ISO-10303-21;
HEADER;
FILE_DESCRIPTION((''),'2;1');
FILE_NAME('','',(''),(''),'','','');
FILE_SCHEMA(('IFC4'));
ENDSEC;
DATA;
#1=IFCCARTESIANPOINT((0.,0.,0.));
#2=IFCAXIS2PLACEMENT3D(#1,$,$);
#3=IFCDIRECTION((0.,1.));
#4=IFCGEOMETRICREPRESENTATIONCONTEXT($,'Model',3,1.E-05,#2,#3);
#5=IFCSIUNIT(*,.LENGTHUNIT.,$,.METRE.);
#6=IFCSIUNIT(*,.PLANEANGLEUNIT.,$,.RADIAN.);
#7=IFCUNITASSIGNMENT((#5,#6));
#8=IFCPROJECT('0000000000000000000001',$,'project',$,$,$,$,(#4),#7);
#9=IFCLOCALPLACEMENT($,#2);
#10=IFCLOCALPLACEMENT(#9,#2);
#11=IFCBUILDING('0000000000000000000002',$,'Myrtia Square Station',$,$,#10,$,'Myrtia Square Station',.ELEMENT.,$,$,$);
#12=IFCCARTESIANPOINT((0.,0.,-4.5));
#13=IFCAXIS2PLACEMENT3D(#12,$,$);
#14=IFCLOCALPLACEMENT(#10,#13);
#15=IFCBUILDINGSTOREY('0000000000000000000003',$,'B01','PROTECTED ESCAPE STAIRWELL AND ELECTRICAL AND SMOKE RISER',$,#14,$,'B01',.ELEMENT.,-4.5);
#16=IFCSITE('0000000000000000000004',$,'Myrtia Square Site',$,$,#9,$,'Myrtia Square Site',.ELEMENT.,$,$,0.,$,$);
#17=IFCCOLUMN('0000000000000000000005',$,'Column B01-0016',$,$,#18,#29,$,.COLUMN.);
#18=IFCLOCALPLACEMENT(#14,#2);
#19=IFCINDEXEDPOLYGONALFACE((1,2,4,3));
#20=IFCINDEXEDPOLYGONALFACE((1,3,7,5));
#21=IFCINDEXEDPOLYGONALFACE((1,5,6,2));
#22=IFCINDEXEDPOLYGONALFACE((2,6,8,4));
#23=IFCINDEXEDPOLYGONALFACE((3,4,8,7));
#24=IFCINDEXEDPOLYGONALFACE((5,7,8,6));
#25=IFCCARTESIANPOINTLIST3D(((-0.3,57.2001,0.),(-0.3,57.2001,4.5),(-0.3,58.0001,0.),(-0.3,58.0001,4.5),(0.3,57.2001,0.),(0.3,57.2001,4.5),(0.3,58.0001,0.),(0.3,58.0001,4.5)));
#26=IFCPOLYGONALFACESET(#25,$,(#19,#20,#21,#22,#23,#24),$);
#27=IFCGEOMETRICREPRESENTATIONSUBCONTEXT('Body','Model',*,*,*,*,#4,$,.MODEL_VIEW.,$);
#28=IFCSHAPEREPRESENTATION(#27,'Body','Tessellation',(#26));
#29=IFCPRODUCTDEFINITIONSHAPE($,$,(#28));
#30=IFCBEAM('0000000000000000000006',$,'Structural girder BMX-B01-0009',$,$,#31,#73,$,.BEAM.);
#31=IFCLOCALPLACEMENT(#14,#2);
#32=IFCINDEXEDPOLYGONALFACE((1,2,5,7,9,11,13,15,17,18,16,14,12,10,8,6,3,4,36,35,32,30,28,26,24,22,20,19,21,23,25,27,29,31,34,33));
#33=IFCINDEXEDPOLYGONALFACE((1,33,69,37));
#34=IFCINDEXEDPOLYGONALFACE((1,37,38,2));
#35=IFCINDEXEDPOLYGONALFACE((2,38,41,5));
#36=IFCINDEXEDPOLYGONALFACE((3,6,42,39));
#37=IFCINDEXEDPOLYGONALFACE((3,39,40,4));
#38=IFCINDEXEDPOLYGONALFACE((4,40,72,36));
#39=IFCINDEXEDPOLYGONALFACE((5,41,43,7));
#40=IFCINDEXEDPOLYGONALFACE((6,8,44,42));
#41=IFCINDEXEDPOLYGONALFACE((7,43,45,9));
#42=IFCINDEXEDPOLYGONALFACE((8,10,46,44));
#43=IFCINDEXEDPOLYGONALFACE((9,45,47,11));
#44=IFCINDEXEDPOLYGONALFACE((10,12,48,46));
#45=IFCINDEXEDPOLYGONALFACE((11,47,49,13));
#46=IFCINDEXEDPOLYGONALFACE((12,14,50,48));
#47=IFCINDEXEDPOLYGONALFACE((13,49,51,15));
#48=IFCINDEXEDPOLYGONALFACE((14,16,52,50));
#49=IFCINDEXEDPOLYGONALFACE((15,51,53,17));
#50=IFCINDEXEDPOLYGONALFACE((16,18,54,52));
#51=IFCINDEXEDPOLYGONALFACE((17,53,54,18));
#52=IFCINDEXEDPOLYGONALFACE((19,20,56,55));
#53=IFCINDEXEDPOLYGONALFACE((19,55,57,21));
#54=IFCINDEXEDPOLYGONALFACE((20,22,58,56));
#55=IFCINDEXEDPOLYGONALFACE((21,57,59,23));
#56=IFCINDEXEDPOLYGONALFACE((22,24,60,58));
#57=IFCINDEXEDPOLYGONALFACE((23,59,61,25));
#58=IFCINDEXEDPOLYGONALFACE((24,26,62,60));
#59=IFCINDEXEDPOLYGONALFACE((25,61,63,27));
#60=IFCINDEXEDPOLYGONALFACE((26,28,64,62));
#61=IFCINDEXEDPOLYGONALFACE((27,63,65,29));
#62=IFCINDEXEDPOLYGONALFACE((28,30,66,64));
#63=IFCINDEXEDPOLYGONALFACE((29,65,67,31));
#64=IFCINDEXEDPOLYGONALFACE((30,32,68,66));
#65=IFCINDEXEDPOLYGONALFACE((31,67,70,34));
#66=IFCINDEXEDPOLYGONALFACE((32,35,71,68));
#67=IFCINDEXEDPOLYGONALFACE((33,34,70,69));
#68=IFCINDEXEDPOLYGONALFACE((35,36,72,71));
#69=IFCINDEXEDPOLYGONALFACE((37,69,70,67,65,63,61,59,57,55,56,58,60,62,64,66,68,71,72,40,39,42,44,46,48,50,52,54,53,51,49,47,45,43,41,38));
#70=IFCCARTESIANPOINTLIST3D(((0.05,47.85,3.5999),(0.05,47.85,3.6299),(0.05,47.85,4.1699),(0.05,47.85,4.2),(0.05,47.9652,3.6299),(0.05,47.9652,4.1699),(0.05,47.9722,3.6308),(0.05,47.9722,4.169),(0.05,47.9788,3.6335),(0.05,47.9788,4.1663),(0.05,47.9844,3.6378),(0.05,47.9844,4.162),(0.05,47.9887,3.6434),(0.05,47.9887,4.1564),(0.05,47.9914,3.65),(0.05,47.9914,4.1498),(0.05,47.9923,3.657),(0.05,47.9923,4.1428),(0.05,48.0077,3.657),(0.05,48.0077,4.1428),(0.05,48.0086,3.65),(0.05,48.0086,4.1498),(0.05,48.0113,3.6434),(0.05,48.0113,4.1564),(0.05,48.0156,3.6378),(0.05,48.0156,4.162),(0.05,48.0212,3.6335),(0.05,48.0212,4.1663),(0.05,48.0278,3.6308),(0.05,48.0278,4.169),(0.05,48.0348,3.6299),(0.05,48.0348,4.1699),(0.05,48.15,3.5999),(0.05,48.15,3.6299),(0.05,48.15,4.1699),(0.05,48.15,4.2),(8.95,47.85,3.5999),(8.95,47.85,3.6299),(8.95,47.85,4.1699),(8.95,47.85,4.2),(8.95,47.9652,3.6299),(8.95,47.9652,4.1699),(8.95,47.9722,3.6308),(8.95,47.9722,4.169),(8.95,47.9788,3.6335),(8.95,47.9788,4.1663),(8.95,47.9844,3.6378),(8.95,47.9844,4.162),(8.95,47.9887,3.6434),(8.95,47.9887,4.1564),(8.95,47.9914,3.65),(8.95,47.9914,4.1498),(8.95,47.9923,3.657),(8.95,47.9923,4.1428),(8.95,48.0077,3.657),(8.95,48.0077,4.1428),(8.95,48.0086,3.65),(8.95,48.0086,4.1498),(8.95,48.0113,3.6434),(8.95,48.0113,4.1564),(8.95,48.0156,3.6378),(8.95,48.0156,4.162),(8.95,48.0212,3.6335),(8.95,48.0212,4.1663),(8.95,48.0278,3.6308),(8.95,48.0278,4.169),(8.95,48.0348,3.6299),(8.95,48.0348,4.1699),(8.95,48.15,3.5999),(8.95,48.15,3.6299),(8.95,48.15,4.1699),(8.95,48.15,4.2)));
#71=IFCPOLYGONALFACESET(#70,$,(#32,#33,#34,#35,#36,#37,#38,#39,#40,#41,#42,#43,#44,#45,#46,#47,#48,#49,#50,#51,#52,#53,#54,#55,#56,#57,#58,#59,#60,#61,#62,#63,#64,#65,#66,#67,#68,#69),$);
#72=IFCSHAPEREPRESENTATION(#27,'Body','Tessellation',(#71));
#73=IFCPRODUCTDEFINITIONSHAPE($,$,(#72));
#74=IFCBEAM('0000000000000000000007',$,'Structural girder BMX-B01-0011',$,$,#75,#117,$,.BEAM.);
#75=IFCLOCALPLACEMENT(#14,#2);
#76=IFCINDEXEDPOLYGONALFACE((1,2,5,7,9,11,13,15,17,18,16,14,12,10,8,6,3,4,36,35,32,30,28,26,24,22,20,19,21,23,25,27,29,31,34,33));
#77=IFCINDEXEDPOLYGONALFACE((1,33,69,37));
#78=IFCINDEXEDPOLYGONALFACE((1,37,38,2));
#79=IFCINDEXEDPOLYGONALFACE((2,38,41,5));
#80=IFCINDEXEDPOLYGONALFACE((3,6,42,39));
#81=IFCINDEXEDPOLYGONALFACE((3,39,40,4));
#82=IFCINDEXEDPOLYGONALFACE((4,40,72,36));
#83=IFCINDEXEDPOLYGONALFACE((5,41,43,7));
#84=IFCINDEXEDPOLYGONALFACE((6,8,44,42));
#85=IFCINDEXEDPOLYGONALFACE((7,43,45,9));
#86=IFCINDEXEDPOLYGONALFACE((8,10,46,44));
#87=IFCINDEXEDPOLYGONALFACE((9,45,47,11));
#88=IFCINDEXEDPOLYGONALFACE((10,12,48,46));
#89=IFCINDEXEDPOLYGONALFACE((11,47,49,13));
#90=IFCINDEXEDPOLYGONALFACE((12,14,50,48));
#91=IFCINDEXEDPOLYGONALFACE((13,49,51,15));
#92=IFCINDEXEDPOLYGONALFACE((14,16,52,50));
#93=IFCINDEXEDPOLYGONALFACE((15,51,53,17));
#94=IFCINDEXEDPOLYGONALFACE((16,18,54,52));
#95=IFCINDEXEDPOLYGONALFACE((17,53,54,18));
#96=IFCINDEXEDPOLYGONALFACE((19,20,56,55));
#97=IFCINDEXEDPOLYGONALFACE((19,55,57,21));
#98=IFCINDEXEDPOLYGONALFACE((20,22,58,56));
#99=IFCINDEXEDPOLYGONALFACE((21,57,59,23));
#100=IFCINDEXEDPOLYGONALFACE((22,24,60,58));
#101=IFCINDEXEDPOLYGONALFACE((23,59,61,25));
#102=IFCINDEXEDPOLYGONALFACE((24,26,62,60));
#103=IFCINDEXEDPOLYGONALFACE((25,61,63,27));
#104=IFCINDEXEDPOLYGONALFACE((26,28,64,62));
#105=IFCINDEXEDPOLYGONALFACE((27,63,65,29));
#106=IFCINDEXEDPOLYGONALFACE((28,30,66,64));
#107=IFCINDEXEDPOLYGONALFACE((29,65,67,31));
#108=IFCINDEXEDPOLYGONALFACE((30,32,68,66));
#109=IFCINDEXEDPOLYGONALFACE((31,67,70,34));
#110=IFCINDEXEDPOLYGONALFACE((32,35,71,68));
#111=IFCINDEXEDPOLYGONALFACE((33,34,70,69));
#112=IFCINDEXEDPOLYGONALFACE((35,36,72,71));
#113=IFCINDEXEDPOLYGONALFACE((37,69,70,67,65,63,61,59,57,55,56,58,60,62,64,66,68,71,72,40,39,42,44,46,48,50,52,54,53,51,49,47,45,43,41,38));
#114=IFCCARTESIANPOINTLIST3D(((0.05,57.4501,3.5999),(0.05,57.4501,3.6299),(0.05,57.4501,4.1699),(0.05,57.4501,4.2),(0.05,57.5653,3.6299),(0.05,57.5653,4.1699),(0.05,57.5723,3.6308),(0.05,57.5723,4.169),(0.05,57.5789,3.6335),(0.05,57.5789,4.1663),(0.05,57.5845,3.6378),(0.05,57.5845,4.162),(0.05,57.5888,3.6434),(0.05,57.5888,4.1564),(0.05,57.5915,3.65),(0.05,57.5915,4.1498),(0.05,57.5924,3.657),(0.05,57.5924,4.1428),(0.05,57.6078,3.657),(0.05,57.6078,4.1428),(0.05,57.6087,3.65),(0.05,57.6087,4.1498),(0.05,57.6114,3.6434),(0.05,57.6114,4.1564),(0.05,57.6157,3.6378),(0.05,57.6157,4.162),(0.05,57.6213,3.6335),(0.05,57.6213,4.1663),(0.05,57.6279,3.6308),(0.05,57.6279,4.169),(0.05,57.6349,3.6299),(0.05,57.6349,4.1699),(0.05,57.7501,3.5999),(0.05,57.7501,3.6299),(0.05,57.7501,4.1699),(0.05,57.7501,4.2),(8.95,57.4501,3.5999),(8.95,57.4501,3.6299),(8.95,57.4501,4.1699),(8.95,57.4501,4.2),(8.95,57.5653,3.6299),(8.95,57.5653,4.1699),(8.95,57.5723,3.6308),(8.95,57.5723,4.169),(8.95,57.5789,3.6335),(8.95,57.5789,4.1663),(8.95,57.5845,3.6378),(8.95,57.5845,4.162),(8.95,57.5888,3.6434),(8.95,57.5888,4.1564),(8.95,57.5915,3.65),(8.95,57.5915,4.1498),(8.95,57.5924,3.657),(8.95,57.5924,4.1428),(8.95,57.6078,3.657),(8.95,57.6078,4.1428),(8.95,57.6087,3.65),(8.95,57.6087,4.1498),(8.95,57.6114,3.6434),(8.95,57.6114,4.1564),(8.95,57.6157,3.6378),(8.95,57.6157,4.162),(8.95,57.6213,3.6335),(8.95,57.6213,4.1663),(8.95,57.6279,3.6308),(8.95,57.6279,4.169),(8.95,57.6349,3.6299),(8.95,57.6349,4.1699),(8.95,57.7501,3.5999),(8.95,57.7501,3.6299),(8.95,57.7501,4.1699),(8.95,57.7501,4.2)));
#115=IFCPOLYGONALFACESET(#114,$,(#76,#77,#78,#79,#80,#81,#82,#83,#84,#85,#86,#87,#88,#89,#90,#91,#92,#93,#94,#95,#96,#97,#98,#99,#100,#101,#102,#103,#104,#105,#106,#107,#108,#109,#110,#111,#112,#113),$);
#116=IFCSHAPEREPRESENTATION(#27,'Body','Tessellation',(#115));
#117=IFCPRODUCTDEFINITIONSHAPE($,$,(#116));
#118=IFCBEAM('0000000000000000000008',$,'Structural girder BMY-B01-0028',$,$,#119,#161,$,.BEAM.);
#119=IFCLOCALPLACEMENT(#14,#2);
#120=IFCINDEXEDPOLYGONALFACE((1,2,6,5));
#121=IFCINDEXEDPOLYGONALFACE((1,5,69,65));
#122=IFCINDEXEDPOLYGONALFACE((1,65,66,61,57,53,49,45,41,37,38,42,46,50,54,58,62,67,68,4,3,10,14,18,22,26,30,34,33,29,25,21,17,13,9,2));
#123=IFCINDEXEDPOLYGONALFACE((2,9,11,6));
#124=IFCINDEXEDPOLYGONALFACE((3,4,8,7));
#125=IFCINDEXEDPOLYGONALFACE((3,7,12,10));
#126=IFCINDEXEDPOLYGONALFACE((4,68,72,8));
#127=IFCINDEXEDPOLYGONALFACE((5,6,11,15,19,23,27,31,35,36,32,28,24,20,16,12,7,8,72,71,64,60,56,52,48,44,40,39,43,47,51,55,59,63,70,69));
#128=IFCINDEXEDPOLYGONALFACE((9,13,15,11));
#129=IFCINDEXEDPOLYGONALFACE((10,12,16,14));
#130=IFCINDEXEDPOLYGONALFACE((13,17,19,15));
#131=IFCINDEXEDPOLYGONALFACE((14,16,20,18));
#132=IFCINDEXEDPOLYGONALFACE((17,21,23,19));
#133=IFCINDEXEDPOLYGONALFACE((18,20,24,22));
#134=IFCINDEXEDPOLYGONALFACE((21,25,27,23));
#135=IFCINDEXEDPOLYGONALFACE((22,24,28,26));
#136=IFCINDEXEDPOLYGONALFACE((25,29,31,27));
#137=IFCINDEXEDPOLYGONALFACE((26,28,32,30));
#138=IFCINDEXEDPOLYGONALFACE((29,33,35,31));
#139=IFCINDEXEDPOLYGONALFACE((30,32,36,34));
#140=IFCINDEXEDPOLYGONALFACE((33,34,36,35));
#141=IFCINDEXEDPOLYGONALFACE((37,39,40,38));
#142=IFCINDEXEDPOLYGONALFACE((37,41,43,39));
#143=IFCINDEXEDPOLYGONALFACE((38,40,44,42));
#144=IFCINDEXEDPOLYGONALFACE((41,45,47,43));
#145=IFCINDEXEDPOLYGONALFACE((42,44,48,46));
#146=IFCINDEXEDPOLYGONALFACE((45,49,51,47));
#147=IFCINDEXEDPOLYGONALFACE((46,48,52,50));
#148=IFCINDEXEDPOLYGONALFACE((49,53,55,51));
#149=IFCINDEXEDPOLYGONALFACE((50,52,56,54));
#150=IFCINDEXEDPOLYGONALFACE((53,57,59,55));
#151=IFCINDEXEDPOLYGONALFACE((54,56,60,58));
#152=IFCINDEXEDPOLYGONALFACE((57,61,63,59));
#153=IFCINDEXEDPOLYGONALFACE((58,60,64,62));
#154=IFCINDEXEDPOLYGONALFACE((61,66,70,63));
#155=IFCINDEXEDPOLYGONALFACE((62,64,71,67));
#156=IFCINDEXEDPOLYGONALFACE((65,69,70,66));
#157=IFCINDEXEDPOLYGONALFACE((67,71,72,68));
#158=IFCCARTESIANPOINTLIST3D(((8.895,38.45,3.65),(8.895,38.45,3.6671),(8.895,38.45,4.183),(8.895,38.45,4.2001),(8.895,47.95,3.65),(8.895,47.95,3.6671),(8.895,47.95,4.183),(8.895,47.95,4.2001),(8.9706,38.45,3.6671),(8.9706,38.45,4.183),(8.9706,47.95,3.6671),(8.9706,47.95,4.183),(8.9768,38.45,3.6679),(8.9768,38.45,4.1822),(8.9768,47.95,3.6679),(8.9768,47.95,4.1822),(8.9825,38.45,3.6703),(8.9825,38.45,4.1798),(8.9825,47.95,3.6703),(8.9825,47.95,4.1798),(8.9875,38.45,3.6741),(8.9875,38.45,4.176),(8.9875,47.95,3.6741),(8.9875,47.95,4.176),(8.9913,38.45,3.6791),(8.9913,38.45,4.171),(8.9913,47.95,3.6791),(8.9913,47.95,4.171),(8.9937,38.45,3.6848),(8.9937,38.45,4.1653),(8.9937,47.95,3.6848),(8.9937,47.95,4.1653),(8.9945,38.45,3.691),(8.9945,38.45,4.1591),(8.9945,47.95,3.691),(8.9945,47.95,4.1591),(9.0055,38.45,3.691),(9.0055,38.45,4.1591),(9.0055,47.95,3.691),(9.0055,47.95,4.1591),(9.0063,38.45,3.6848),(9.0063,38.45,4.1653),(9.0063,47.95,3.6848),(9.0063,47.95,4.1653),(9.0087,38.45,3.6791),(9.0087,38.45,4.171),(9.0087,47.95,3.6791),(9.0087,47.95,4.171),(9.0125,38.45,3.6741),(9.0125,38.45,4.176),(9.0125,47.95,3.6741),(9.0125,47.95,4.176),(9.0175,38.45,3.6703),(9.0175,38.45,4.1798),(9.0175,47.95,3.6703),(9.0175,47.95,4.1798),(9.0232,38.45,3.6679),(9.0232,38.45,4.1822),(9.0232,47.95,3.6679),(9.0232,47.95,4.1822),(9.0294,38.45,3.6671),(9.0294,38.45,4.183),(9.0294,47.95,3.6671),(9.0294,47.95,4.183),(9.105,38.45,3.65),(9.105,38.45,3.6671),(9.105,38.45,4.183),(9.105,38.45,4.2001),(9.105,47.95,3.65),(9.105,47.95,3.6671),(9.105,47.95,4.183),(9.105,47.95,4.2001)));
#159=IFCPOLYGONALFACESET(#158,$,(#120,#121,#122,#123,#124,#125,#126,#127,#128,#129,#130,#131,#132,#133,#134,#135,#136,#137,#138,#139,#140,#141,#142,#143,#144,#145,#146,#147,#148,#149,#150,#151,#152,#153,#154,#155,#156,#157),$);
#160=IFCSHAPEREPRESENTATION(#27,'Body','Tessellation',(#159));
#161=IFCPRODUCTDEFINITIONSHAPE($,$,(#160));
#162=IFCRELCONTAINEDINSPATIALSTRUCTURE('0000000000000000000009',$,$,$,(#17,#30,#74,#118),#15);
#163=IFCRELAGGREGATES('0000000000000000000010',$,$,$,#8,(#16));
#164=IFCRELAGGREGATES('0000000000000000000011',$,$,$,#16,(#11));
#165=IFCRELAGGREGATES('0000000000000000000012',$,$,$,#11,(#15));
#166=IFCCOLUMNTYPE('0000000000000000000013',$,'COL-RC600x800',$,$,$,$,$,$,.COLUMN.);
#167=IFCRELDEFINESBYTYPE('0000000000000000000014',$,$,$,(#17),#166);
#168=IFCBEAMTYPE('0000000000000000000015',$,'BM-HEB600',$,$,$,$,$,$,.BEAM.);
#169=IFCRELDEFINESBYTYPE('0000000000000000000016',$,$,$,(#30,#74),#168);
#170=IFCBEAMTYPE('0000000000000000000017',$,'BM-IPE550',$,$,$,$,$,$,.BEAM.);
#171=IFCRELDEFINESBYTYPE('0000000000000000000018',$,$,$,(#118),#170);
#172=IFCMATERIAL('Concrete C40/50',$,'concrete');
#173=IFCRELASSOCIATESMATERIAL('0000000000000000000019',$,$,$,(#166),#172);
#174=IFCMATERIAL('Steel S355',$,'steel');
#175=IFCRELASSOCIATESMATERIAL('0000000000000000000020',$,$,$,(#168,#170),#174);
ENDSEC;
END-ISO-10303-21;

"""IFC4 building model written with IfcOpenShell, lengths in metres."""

from ifc_helpers import new_model, si_unit, direction, frame, origin, origin_2d, place, context, subcontext, project, spatial, rectangle, i_section, extrude, material, material_profile, profile_set, type_object, element, save


model = new_model("IFC4")

# Units and contexts
model_context = context("Model", 3, precision=1e-05, world=origin(), true_north=direction((0.0, 1.0)))
body_context = subcontext(model_context, "Body", "Model", "MODEL_VIEW")
ifc_project = project(units=[si_unit("LENGTHUNIT", "METRE"), si_unit("PLANEANGLEUNIT", "RADIAN")], contexts=[model_context])

# Site, building, storey
site_placement = place(None, origin())
site = spatial("IfcSite", under=ifc_project, at=site_placement, Name="Myrtia Square Site", LongName="Myrtia Square Site", CompositionType="ELEMENT", RefElevation=0.0)
building_placement = place(site_placement, origin())
building = spatial("IfcBuilding", under=site, at=building_placement, Name="Myrtia Square Station", LongName="Myrtia Square Station", CompositionType="ELEMENT")
storey_placement = place(building_placement, frame((0.0, 0.0, -4.5)))
storey = spatial("IfcBuildingStorey", under=building, at=storey_placement, Name="B01", Description="PROTECTED ESCAPE STAIRWELL AND ELECTRICAL AND SMOKE RISER", LongName="B01", CompositionType="ELEMENT", Elevation=-4.5)

# Column
ifc_material_1 = material(Name="Steel S355", Category="steel")
ifc_material_2 = material(Name="Concrete C40/50", Category="concrete")
ifc_material_profile_1 = material_profile(ifc_material_2, rectangle(XDim=0.6001, YDim=0.8, at=origin_2d()), Name="RC 600x800")
ifc_profile_set_1 = profile_set([ifc_material_profile_1], Name="Concrete C40/50")
column_type_1 = type_object("IfcColumnType", Name="COL-RC600x800", PredefinedType="COLUMN", material=ifc_profile_set_1)
for number, where, z_axis, x_axis, name in (
    (1, (0.0, 57.6001, 0.0), (0.0, 0.0, 1.0), (1.0, 0.0, 0.0), "Column B01-0016"),
):
    element("IfcColumn", number, at=place(storey_placement, frame(where, z_axis=z_axis, x_axis=x_axis)), inside=storey, type_object=column_type_1, Name=name, PredefinedType="COLUMN", context=body_context, shape_type="SweptSolid", body=[
        extrude(rectangle(XDim=0.6001, YDim=0.8, at=origin_2d()), origin(), (0.0, 0.0, 1.0), 4.5),
    ])

# Beams
ifc_material_profile_2 = material_profile(ifc_material_1, i_section(OverallWidth=0.3, OverallDepth=0.6001, WebThickness=0.0154, FlangeThickness=0.03, FilletRadius=0.0271, at=origin_2d()), Name="HEB 600")
ifc_profile_set_2 = profile_set([ifc_material_profile_2], Name="Steel S355")
beam_type_1 = type_object("IfcBeamType", Name="BM-HEB600", PredefinedType="BEAM", material=ifc_profile_set_2)
for number, where, z_axis, x_axis, name in (
    (2, (0.05, 48.0, 3.8999), (1.0, 0.0, 0.0), (0.0, 1.0, 0.0), "Structural girder BMX-B01-0009"),
    (3, (0.05, 57.6001, 3.8999), (1.0, 0.0, 0.0), (0.0, 1.0, 0.0), "Structural girder BMX-B01-0011"),
):
    element("IfcBeam", number, at=place(storey_placement, frame(where, z_axis=z_axis, x_axis=x_axis)), inside=storey, type_object=beam_type_1, Name=name, PredefinedType="BEAM", context=body_context, shape_type="SweptSolid", body=[
        extrude(i_section(OverallWidth=0.3, OverallDepth=0.6001, WebThickness=0.0154, FlangeThickness=0.03, FilletRadius=0.0271, at=origin_2d()), origin(), (0.0, 0.0, 1.0), 8.8999),
    ])
ifc_material_profile_3 = material_profile(ifc_material_1, i_section(OverallWidth=0.21, OverallDepth=0.55, WebThickness=0.011, FlangeThickness=0.0171, FilletRadius=0.0239, at=origin_2d()), Name="IPE 550")
ifc_profile_set_3 = profile_set([ifc_material_profile_3], Name="Steel S355")
beam_type_2 = type_object("IfcBeamType", Name="BM-IPE550", PredefinedType="BEAM", material=ifc_profile_set_3)
for number, where, z_axis, x_axis, name in (
    (4, (9.0, 38.45, 3.925), (0.0, 1.0, 0.0), (-1.0, 0.0, 0.0), "Structural girder BMY-B01-0028"),
):
    element("IfcBeam", number, at=place(storey_placement, frame(where, z_axis=z_axis, x_axis=x_axis)), inside=storey, type_object=beam_type_2, Name=name, PredefinedType="BEAM", context=body_context, shape_type="SweptSolid", body=[
        extrude(i_section(OverallWidth=0.21, OverallDepth=0.55, WebThickness=0.011, FlangeThickness=0.0171, FilletRadius=0.0239, at=origin_2d()), origin(), (0.0, 0.0, 1.0), 9.5),
    ])

save(model, "model.ifc")
